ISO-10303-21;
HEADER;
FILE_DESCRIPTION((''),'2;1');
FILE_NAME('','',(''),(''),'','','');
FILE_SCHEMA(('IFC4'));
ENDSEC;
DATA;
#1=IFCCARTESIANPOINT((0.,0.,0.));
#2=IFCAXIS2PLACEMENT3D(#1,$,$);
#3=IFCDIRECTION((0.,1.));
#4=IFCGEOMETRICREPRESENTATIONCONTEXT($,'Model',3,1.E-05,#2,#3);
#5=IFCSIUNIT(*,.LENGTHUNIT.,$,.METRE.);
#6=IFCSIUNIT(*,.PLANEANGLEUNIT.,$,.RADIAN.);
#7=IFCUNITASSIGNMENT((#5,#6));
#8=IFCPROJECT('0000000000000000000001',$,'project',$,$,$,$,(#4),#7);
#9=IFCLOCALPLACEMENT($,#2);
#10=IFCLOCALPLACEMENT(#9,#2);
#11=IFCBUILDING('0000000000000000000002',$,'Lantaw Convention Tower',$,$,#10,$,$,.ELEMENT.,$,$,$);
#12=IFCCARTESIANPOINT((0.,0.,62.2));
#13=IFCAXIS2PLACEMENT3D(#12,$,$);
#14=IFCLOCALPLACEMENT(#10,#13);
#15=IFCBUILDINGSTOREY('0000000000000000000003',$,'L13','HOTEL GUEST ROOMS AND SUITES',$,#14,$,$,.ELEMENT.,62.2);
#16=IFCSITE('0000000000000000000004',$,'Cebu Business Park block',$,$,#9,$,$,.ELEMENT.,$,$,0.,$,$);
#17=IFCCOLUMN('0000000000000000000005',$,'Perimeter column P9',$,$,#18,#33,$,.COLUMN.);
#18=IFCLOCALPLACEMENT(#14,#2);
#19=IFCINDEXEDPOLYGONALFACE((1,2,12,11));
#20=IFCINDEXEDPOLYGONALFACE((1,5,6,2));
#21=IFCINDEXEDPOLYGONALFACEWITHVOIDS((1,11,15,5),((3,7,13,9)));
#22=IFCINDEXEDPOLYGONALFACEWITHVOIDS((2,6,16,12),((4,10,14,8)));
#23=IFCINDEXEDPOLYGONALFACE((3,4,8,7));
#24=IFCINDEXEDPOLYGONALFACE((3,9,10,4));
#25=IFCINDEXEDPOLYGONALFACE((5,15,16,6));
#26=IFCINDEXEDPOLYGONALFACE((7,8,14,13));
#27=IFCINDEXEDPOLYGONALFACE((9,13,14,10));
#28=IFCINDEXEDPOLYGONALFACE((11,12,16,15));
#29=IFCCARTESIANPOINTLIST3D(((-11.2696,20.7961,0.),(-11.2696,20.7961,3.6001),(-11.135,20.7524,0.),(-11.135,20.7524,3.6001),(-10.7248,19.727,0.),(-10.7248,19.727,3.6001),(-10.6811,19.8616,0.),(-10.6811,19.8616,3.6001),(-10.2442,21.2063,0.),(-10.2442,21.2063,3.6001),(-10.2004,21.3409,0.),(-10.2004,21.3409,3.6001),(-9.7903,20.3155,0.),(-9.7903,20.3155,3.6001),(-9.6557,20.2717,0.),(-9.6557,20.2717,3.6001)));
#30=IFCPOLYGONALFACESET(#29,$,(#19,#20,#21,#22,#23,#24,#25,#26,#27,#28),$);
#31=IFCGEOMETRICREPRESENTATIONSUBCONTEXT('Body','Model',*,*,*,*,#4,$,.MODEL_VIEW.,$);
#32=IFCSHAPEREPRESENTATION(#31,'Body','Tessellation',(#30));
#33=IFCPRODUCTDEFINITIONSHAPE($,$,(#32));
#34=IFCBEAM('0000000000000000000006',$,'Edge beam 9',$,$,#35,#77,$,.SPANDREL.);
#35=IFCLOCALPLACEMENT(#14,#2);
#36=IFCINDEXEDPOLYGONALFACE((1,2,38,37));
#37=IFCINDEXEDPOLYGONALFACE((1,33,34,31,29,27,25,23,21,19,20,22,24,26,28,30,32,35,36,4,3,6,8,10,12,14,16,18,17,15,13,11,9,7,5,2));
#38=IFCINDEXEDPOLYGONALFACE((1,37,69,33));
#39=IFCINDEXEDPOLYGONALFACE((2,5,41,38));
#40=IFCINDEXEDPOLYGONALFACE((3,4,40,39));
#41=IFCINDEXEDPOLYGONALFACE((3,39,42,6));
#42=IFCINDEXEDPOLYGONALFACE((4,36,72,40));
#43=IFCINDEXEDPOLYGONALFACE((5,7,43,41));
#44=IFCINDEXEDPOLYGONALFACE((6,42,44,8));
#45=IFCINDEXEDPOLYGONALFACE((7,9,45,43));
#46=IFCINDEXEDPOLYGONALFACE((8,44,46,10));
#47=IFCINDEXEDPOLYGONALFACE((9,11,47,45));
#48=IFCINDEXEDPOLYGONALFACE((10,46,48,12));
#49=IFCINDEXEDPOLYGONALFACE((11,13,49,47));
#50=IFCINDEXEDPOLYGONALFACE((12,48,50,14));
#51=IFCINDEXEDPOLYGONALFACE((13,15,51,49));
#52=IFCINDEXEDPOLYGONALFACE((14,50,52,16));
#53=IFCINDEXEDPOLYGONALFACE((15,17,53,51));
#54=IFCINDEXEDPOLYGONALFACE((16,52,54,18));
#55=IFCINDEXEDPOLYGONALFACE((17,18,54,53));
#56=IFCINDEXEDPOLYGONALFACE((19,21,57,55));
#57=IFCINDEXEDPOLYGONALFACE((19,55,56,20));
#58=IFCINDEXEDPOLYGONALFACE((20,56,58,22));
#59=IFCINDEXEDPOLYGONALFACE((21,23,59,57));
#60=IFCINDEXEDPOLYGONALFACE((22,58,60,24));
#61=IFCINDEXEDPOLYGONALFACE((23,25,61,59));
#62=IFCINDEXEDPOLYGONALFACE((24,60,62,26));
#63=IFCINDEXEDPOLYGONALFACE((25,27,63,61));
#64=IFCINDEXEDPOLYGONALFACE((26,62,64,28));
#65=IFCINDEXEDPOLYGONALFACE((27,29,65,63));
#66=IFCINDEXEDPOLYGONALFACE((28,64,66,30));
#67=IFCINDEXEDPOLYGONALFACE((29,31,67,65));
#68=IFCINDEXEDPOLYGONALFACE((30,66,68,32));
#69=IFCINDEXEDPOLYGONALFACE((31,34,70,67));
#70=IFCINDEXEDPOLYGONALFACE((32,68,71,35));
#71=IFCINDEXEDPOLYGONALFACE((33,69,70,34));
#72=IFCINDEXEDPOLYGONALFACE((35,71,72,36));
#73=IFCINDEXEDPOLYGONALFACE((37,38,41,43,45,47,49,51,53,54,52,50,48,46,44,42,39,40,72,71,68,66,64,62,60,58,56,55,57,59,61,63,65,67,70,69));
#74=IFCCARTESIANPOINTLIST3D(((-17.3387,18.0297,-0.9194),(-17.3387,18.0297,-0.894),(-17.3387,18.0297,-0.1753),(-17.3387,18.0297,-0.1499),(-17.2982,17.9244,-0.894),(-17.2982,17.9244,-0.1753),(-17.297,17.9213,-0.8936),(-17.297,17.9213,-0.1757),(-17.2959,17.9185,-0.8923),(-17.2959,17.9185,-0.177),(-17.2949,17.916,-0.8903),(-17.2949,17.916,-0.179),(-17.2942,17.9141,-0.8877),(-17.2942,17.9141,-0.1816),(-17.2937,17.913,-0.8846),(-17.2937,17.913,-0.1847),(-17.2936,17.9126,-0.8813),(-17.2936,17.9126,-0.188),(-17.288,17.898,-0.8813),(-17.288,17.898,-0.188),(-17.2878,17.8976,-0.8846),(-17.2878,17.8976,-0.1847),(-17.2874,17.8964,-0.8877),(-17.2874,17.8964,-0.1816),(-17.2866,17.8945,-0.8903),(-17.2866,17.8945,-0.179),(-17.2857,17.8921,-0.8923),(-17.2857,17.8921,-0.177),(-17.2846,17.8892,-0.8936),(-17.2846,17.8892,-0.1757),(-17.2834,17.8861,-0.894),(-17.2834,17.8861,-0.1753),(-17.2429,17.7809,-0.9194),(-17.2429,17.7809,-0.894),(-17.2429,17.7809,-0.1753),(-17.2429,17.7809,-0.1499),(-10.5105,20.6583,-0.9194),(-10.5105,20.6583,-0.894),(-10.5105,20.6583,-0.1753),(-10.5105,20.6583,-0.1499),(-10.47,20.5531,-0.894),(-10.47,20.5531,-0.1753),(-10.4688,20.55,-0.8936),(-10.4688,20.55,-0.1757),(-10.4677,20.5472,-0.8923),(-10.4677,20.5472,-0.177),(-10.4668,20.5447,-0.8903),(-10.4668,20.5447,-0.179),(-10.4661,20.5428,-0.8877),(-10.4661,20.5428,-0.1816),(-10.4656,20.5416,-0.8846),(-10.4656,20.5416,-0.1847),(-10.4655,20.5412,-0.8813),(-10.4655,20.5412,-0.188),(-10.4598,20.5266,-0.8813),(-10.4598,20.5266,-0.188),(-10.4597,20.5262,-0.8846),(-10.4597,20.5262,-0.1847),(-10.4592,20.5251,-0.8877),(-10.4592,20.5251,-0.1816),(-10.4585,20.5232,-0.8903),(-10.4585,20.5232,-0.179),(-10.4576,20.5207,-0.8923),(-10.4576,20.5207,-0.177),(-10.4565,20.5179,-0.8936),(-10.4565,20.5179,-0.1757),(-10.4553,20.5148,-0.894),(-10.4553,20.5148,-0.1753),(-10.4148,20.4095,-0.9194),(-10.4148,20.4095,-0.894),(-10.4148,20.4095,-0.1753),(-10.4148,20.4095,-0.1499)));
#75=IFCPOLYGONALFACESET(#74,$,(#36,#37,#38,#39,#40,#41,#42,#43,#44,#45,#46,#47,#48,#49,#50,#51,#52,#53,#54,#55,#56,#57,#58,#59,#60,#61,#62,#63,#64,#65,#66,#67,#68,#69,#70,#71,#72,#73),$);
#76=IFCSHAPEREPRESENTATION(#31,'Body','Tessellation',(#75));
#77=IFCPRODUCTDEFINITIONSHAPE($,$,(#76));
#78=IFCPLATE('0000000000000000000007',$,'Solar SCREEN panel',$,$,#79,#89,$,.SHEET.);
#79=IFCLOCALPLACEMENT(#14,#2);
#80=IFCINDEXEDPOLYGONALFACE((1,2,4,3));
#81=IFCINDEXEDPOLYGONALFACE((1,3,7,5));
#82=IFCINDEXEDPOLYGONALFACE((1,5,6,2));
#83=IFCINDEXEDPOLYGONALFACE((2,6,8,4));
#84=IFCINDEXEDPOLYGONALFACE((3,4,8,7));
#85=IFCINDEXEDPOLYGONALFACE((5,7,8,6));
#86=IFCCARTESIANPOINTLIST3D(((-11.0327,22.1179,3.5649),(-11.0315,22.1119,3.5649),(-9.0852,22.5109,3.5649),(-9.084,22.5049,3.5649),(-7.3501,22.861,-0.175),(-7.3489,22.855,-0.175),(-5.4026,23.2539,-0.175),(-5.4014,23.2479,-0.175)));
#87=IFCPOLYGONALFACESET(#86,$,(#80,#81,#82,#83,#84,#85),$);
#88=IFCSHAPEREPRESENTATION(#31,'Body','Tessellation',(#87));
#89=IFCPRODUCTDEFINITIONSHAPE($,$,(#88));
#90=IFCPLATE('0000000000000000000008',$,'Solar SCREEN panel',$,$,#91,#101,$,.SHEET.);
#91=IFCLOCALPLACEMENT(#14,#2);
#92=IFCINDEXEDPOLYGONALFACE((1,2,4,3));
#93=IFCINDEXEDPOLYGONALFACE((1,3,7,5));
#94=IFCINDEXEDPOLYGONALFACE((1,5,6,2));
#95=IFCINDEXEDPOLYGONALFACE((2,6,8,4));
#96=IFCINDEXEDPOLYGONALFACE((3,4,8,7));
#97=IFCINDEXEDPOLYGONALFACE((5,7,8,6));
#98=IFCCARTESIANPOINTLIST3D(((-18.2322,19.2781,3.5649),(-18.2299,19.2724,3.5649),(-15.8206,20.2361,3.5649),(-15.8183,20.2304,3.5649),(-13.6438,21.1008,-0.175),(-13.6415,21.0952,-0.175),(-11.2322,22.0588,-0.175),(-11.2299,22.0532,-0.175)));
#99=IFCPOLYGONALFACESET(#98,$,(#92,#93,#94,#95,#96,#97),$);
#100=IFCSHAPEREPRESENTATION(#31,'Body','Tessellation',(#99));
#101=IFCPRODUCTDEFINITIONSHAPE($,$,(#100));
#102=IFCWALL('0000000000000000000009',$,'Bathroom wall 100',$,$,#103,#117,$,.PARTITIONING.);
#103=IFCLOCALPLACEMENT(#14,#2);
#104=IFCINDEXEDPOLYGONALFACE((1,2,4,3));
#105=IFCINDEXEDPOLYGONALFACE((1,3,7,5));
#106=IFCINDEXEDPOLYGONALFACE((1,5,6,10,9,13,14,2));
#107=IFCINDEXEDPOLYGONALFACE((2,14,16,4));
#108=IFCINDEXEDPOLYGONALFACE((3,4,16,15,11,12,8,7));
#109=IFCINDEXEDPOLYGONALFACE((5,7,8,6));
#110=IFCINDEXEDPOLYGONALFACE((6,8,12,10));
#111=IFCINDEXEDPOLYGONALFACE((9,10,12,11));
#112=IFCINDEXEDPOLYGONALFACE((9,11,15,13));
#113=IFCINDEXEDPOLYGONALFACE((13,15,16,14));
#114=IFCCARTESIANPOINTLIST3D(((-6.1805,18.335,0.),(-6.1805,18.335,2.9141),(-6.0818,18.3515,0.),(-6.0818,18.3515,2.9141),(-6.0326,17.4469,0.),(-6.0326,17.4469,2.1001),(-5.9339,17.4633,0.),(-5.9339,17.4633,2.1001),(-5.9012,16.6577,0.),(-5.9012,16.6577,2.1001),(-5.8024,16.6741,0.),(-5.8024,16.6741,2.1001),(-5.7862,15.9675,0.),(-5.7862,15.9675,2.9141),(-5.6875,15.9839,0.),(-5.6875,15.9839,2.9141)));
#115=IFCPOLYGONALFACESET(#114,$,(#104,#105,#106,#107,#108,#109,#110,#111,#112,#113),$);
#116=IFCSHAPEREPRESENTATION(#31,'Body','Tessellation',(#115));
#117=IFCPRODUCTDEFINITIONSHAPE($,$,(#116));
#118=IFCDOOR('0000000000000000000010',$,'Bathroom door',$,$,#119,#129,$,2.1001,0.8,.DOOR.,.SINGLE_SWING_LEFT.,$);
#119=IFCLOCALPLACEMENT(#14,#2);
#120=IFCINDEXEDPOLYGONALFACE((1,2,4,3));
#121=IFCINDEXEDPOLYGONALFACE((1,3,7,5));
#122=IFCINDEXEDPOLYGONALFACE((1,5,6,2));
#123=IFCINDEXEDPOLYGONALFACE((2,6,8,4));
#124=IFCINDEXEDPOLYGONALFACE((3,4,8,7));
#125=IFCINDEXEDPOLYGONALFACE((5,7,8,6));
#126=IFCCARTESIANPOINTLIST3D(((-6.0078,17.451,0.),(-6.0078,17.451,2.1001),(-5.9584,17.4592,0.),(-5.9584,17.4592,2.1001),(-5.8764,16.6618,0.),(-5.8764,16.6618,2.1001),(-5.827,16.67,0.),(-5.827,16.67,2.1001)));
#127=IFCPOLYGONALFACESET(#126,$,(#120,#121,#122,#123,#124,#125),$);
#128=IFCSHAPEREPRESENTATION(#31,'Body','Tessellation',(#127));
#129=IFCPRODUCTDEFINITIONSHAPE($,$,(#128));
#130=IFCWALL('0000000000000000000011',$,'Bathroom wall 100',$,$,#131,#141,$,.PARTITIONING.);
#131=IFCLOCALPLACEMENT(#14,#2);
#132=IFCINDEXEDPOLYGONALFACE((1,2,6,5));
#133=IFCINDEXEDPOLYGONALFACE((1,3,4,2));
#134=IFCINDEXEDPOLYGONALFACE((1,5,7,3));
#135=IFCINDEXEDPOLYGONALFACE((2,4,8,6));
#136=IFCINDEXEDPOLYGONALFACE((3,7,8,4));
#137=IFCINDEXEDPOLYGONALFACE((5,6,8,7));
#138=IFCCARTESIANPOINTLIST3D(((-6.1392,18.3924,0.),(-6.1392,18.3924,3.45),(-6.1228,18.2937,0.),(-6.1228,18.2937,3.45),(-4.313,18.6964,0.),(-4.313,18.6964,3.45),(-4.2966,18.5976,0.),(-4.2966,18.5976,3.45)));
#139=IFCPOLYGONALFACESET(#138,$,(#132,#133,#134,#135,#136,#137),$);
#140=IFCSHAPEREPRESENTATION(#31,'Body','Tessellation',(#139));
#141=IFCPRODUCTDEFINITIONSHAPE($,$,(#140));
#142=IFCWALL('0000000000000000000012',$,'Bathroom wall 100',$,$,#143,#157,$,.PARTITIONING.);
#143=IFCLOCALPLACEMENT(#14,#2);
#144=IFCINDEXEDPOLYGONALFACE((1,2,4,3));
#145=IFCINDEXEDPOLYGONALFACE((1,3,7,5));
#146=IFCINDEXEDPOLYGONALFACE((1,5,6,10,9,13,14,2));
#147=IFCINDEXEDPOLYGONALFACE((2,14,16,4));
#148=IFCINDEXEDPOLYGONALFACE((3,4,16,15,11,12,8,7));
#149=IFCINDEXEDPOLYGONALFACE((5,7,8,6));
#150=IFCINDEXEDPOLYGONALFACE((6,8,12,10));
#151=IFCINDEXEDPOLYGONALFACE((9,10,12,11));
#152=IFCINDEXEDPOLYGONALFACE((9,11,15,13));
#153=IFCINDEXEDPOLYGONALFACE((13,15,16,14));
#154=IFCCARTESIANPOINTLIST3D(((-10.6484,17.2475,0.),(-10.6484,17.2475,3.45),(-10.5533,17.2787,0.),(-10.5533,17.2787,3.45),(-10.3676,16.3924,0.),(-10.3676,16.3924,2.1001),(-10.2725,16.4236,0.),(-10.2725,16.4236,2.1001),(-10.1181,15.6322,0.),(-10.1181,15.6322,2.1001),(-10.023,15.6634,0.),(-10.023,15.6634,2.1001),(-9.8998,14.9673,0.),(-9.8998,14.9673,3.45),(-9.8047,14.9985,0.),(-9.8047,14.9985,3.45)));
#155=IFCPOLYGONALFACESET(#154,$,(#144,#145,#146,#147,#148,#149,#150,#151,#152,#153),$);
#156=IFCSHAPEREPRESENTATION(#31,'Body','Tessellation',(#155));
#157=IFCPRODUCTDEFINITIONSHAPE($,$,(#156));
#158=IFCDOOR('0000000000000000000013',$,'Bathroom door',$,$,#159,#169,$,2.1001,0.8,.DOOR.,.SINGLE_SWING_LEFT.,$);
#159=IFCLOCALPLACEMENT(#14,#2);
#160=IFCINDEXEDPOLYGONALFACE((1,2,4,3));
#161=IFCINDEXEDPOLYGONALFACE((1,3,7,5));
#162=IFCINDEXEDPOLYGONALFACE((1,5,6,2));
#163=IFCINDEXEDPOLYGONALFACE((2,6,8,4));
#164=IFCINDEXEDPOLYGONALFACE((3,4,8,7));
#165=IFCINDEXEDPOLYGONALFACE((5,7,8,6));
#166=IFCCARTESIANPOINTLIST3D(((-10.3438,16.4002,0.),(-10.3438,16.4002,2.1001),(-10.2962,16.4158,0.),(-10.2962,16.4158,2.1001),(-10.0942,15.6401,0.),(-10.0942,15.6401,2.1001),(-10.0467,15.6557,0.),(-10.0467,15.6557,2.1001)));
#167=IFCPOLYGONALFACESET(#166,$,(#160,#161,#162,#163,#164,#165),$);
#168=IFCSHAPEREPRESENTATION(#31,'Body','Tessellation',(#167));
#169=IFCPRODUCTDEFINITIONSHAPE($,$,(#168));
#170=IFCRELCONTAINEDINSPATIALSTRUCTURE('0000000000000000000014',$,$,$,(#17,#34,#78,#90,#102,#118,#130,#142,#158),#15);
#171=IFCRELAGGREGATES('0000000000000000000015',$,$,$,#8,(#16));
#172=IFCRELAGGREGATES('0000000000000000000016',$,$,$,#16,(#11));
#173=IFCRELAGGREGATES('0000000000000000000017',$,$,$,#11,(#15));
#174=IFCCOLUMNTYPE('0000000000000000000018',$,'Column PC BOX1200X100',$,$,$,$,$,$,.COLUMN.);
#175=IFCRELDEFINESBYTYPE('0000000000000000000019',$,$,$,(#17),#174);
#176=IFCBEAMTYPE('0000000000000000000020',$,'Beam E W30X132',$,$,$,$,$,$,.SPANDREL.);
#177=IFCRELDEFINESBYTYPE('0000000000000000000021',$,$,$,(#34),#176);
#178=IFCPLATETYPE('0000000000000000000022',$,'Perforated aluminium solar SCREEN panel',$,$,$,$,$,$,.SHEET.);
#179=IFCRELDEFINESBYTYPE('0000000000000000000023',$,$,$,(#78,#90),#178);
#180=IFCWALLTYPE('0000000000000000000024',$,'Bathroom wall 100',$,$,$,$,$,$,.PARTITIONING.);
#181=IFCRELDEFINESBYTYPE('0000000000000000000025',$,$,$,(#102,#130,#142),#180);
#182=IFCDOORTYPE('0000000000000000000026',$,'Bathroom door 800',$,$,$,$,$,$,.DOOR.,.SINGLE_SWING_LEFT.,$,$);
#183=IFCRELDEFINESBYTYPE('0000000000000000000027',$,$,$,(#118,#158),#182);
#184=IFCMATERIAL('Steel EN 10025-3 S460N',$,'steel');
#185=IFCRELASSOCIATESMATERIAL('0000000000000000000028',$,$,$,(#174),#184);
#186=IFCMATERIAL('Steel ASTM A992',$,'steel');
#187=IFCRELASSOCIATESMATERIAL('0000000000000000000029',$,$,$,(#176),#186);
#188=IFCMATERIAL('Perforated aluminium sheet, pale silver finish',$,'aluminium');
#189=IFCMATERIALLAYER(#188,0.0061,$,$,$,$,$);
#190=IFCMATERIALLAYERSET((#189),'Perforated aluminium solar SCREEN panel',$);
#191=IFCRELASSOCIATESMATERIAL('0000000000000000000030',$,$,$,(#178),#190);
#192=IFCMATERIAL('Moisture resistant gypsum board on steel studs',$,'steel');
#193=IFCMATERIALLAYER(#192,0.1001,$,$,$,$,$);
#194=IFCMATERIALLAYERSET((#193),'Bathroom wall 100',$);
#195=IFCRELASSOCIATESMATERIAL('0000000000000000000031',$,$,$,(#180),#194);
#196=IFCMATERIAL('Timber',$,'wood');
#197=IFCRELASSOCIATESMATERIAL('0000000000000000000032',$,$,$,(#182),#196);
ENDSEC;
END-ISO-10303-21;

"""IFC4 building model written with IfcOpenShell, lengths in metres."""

from ifc_helpers import new_model, si_unit, direction, frame, frame_2d, origin, origin_2d, place, context, subcontext, project, spatial, polyline, rectangle, hollow_rectangle, i_section, outline, extrude, material, layer, layer_set, material_profile, profile_set, type_object, element, fill, save


model = new_model("IFC4")

# Units and contexts
model_context = context("Model", 3, precision=1e-05, world=origin(), true_north=direction((0.0, 1.0)))
body_context = subcontext(model_context, "Body", "Model", "MODEL_VIEW")
ifc_project = project(units=[si_unit("LENGTHUNIT", "METRE"), si_unit("PLANEANGLEUNIT", "RADIAN")], contexts=[model_context])

# Site, building, storey
site_placement = place(None, origin())
site = spatial("IfcSite", under=ifc_project, at=site_placement, Name="Cebu Business Park block", CompositionType="ELEMENT", RefElevation=0.0)
building_placement = place(site_placement, origin())
building = spatial("IfcBuilding", under=site, at=building_placement, Name="Lantaw Convention Tower", CompositionType="ELEMENT")
storey_placement = place(building_placement, frame((0.0, 0.0, 62.2)))
storey = spatial("IfcBuildingStorey", under=building, at=storey_placement, Name="L13", Description="HOTEL GUEST ROOMS AND SUITES", CompositionType="ELEMENT", Elevation=62.2)

# Column
ifc_material_1 = material(Name="Steel EN 10025-3 S460N", Category="steel")
ifc_material_profile_1 = material_profile(ifc_material_1, hollow_rectangle(XDim=1.2, YDim=1.2, WallThickness=0.1001, at=origin_2d()), Name="BOX1200X100")
ifc_material_2 = material(Name="Concrete C60/75", Category="concrete")
ifc_material_profile_2 = material_profile(ifc_material_2, rectangle(XDim=1.0, YDim=1.0, at=origin_2d()), Name="Concrete fill of BOX1200X100")
ifc_profile_set_1 = profile_set([ifc_material_profile_1, ifc_material_profile_2], Name="Steel EN 10025-3 S460N")
column_type = type_object("IfcColumnType", Name="Column PC BOX1200X100", PredefinedType="COLUMN", material=ifc_profile_set_1)
column_placement = place(storey_placement, frame((-10.4626, 20.5339, 0.0), z_axis=(0.0, 0.0, 1.0), x_axis=(0.891007, 0.45399, 0.0)))
element("IfcColumn", 1, at=column_placement, inside=storey, type_object=column_type, Name="Perimeter column P9", PredefinedType="COLUMN", context=body_context, shape_type="SweptSolid", body=[
    extrude(hollow_rectangle(XDim=1.2, YDim=1.2, WallThickness=0.1001, at=origin_2d()), origin(), (0.0, 0.0, 1.0), 3.6001),
])

# Beam
ifc_material_3 = material(Name="Steel ASTM A992", Category="steel")
ifc_material_profile_3 = material_profile(ifc_material_3, i_section(OverallWidth=0.2666, OverallDepth=0.7695, WebThickness=0.0156, FlangeThickness=0.0254, FilletRadius=0.0127, at=origin_2d()), Name="W30X132")
ifc_profile_set_2 = profile_set([ifc_material_profile_3], Name="Steel ASTM A992")
beam_type = type_object("IfcBeamType", Name="Beam E W30X132", PredefinedType="SPANDREL", material=ifc_profile_set_2)
beam_placement = place(storey_placement, frame((-10.4626, 20.5339, -0.5347), z_axis=(-0.933233, -0.359272, 0.0), x_axis=(0.359272, -0.933233, 0.0)))
element("IfcBeam", 2, at=beam_placement, inside=storey, type_object=beam_type, Name="Edge beam 9", PredefinedType="SPANDREL", context=body_context, shape_type="SweptSolid", body=[
    extrude(i_section(OverallWidth=0.2666, OverallDepth=0.7695, WebThickness=0.0156, FlangeThickness=0.0254, FilletRadius=0.0127, at=origin_2d()), origin(), (0.0, 0.0, 1.0), 7.3167),
])

# Plates
ifc_material_4 = material(Name="Perforated aluminium sheet, pale silver finish", Category="aluminium")
ifc_layer_1 = layer(ifc_material_4, 0.0061)
ifc_layer_set_1 = layer_set([ifc_layer_1], Name="Perforated aluminium solar SCREEN panel")
plate_type = type_object("IfcPlateType", Name="Perforated aluminium solar SCREEN panel", PredefinedType="SHEET", material=ifc_layer_set_1)
plate_1_placement = place(storey_placement, frame((-5.4026, 23.2539, -0.175), z_axis=(-0.197782, 0.980246, 0.000002), x_axis=(-0.980246, -0.197782, 0.0)))
element("IfcPlate", 3, at=plate_1_placement, inside=storey, type_object=plate_type, Name="Solar SCREEN panel", PredefinedType="SHEET", context=body_context, shape_type="SweptSolid", body=[
    extrude(outline(polyline([(0.0, 0.0), (1.9867, 0.0), (5.7436, 3.74), (3.7568, 3.74), (0.0, 0.0)])), origin(), (0.0, 0.0, -1.0), 0.0061),
])
plate_2_placement = place(storey_placement, frame((-11.2322, 22.0588, -0.175), z_axis=(-0.369184, 0.929357, 0.000009), x_axis=(-0.929357, -0.369184, 0.0)))
element("IfcPlate", 4, at=plate_2_placement, inside=storey, type_object=plate_type, Name="Solar SCREEN panel", PredefinedType="SHEET", context=body_context, shape_type="SweptSolid", body=[
    extrude(outline(polyline([(0.0, 0.0), (2.5949, 0.0), (7.5321, 3.74), (4.9372, 3.74), (0.0, 0.0)])), origin(), (0.0, 0.0, -1.0), 0.0061),
])

# Wall, opening, door
ifc_material_5 = material(Name="Moisture resistant gypsum board on steel studs", Category="steel")
ifc_layer_2 = layer(ifc_material_5, 0.1001)
ifc_layer_set_2 = layer_set([ifc_layer_2], Name="Bathroom wall 100")
wall_type_1 = type_object("IfcWallType", Name="Bathroom wall 100", PredefinedType="PARTITIONING", material=ifc_layer_set_2)
wall_1_placement = place(storey_placement, frame((-5.7368, 15.9756, 0.0), z_axis=(0.0, 0.0, 1.0), x_axis=(-0.164284, 0.986413, 0.0)))
wall_1 = element("IfcWall", 5, at=wall_1_placement, inside=storey, type_object=wall_type_1, Name="Bathroom wall 100", PredefinedType="PARTITIONING", context=body_context, shape_type="SweptSolid", body=[
    extrude(rectangle(XDim=2.4001, YDim=0.1001, at=frame_2d((1.2002, 0.0))), origin(), (0.0, 0.0, 1.0), 2.9141),
])
opening_1_placement = place(wall_1_placement, frame((0.7, 0.0, 0.0)))
opening_1 = element("IfcOpeningElement", 6, at=opening_1_placement, cuts=wall_1, PredefinedType="OPENING", context=body_context, shape_type="SweptSolid", body=[
    extrude(rectangle(XDim=0.8, YDim=2.1001, at=frame_2d((0.3999, 1.05))), frame((0.0, 0.0601, 0.0), z_axis=(0.0, -1.0, 0.0), x_axis=(1.0, 0.0, 0.0)), (0.0, 0.0, 1.0), 0.1201),
])
ifc_material_6 = material(Name="Timber", Category="wood")
door_type_1 = type_object("IfcDoorType", Name="Bathroom door 800", OperationType="SINGLE_SWING_LEFT", PredefinedType="DOOR", material=ifc_material_6)
door_1_placement = place(opening_1_placement, origin())
door_1 = element("IfcDoor", 7, at=door_1_placement, inside=storey, type_object=door_type_1, Name="Bathroom door", OperationType="SINGLE_SWING_LEFT", OverallHeight=2.1001, OverallWidth=0.8, PredefinedType="DOOR", context=body_context, shape_type="SweptSolid", body=[
    extrude(rectangle(XDim=0.8, YDim=2.1001, at=frame_2d((0.3999, 1.05))), frame((0.0, 0.0249, 0.0), z_axis=(0.0, -1.0, 0.0), x_axis=(1.0, 0.0, 0.0)), (0.0, 0.0, 1.0), 0.05),
])
fill(opening_1, door_1)

# Wall
wall_2_placement = place(storey_placement, frame((-6.1311, 18.343, 0.0), z_axis=(0.0, 0.0, 1.0), x_axis=(0.98643, 0.164185, 0.0)))
element("IfcWall", 8, at=wall_2_placement, inside=storey, type_object=wall_type_1, Name="Bathroom wall 100", PredefinedType="PARTITIONING", context=body_context, shape_type="SweptSolid", body=[
    extrude(rectangle(XDim=1.8513, YDim=0.1001, at=frame_2d((0.9258, 0.0))), origin(), (0.0, 0.0, 1.0), 3.45),
])

# Wall, opening, door
wall_3_placement = place(storey_placement, frame((-9.8523, 14.9829, 0.0), z_axis=(0.0, 0.0, 1.0), x_axis=(-0.311891, 0.950118, 0.0)))
wall_3 = element("IfcWall", 9, at=wall_3_placement, inside=storey, type_object=wall_type_1, Name="Bathroom wall 100", PredefinedType="PARTITIONING", context=body_context, shape_type="SweptSolid", body=[
    extrude(rectangle(XDim=2.3999, YDim=0.1001, at=frame_2d((1.2, 0.0))), origin(), (0.0, 0.0, 1.0), 3.45),
])
opening_2_placement = place(wall_3_placement, frame((0.7, 0.0, 0.0)))
opening_2 = element("IfcOpeningElement", 10, at=opening_2_placement, cuts=wall_3, PredefinedType="OPENING", context=body_context, shape_type="SweptSolid", body=[
    extrude(rectangle(XDim=0.8, YDim=2.1001, at=frame_2d((0.3999, 1.05))), frame((0.0, 0.0601, 0.0), z_axis=(0.0, -1.0, 0.0), x_axis=(1.0, 0.0, 0.0)), (0.0, 0.0, 1.0), 0.1201),
])
door_2_placement = place(opening_2_placement, origin())
door_2 = element("IfcDoor", 11, at=door_2_placement, inside=storey, type_object=door_type_1, Name="Bathroom door", OperationType="SINGLE_SWING_LEFT", OverallHeight=2.1001, OverallWidth=0.8, PredefinedType="DOOR", context=body_context, shape_type="SweptSolid", body=[
    extrude(rectangle(XDim=0.8, YDim=2.1001, at=frame_2d((0.3999, 1.05))), frame((0.0, 0.0249, 0.0), z_axis=(0.0, -1.0, 0.0), x_axis=(1.0, 0.0, 0.0)), (0.0, 0.0, 1.0), 0.05),
])
fill(opening_2, door_2)

save(model, "model.ifc")
